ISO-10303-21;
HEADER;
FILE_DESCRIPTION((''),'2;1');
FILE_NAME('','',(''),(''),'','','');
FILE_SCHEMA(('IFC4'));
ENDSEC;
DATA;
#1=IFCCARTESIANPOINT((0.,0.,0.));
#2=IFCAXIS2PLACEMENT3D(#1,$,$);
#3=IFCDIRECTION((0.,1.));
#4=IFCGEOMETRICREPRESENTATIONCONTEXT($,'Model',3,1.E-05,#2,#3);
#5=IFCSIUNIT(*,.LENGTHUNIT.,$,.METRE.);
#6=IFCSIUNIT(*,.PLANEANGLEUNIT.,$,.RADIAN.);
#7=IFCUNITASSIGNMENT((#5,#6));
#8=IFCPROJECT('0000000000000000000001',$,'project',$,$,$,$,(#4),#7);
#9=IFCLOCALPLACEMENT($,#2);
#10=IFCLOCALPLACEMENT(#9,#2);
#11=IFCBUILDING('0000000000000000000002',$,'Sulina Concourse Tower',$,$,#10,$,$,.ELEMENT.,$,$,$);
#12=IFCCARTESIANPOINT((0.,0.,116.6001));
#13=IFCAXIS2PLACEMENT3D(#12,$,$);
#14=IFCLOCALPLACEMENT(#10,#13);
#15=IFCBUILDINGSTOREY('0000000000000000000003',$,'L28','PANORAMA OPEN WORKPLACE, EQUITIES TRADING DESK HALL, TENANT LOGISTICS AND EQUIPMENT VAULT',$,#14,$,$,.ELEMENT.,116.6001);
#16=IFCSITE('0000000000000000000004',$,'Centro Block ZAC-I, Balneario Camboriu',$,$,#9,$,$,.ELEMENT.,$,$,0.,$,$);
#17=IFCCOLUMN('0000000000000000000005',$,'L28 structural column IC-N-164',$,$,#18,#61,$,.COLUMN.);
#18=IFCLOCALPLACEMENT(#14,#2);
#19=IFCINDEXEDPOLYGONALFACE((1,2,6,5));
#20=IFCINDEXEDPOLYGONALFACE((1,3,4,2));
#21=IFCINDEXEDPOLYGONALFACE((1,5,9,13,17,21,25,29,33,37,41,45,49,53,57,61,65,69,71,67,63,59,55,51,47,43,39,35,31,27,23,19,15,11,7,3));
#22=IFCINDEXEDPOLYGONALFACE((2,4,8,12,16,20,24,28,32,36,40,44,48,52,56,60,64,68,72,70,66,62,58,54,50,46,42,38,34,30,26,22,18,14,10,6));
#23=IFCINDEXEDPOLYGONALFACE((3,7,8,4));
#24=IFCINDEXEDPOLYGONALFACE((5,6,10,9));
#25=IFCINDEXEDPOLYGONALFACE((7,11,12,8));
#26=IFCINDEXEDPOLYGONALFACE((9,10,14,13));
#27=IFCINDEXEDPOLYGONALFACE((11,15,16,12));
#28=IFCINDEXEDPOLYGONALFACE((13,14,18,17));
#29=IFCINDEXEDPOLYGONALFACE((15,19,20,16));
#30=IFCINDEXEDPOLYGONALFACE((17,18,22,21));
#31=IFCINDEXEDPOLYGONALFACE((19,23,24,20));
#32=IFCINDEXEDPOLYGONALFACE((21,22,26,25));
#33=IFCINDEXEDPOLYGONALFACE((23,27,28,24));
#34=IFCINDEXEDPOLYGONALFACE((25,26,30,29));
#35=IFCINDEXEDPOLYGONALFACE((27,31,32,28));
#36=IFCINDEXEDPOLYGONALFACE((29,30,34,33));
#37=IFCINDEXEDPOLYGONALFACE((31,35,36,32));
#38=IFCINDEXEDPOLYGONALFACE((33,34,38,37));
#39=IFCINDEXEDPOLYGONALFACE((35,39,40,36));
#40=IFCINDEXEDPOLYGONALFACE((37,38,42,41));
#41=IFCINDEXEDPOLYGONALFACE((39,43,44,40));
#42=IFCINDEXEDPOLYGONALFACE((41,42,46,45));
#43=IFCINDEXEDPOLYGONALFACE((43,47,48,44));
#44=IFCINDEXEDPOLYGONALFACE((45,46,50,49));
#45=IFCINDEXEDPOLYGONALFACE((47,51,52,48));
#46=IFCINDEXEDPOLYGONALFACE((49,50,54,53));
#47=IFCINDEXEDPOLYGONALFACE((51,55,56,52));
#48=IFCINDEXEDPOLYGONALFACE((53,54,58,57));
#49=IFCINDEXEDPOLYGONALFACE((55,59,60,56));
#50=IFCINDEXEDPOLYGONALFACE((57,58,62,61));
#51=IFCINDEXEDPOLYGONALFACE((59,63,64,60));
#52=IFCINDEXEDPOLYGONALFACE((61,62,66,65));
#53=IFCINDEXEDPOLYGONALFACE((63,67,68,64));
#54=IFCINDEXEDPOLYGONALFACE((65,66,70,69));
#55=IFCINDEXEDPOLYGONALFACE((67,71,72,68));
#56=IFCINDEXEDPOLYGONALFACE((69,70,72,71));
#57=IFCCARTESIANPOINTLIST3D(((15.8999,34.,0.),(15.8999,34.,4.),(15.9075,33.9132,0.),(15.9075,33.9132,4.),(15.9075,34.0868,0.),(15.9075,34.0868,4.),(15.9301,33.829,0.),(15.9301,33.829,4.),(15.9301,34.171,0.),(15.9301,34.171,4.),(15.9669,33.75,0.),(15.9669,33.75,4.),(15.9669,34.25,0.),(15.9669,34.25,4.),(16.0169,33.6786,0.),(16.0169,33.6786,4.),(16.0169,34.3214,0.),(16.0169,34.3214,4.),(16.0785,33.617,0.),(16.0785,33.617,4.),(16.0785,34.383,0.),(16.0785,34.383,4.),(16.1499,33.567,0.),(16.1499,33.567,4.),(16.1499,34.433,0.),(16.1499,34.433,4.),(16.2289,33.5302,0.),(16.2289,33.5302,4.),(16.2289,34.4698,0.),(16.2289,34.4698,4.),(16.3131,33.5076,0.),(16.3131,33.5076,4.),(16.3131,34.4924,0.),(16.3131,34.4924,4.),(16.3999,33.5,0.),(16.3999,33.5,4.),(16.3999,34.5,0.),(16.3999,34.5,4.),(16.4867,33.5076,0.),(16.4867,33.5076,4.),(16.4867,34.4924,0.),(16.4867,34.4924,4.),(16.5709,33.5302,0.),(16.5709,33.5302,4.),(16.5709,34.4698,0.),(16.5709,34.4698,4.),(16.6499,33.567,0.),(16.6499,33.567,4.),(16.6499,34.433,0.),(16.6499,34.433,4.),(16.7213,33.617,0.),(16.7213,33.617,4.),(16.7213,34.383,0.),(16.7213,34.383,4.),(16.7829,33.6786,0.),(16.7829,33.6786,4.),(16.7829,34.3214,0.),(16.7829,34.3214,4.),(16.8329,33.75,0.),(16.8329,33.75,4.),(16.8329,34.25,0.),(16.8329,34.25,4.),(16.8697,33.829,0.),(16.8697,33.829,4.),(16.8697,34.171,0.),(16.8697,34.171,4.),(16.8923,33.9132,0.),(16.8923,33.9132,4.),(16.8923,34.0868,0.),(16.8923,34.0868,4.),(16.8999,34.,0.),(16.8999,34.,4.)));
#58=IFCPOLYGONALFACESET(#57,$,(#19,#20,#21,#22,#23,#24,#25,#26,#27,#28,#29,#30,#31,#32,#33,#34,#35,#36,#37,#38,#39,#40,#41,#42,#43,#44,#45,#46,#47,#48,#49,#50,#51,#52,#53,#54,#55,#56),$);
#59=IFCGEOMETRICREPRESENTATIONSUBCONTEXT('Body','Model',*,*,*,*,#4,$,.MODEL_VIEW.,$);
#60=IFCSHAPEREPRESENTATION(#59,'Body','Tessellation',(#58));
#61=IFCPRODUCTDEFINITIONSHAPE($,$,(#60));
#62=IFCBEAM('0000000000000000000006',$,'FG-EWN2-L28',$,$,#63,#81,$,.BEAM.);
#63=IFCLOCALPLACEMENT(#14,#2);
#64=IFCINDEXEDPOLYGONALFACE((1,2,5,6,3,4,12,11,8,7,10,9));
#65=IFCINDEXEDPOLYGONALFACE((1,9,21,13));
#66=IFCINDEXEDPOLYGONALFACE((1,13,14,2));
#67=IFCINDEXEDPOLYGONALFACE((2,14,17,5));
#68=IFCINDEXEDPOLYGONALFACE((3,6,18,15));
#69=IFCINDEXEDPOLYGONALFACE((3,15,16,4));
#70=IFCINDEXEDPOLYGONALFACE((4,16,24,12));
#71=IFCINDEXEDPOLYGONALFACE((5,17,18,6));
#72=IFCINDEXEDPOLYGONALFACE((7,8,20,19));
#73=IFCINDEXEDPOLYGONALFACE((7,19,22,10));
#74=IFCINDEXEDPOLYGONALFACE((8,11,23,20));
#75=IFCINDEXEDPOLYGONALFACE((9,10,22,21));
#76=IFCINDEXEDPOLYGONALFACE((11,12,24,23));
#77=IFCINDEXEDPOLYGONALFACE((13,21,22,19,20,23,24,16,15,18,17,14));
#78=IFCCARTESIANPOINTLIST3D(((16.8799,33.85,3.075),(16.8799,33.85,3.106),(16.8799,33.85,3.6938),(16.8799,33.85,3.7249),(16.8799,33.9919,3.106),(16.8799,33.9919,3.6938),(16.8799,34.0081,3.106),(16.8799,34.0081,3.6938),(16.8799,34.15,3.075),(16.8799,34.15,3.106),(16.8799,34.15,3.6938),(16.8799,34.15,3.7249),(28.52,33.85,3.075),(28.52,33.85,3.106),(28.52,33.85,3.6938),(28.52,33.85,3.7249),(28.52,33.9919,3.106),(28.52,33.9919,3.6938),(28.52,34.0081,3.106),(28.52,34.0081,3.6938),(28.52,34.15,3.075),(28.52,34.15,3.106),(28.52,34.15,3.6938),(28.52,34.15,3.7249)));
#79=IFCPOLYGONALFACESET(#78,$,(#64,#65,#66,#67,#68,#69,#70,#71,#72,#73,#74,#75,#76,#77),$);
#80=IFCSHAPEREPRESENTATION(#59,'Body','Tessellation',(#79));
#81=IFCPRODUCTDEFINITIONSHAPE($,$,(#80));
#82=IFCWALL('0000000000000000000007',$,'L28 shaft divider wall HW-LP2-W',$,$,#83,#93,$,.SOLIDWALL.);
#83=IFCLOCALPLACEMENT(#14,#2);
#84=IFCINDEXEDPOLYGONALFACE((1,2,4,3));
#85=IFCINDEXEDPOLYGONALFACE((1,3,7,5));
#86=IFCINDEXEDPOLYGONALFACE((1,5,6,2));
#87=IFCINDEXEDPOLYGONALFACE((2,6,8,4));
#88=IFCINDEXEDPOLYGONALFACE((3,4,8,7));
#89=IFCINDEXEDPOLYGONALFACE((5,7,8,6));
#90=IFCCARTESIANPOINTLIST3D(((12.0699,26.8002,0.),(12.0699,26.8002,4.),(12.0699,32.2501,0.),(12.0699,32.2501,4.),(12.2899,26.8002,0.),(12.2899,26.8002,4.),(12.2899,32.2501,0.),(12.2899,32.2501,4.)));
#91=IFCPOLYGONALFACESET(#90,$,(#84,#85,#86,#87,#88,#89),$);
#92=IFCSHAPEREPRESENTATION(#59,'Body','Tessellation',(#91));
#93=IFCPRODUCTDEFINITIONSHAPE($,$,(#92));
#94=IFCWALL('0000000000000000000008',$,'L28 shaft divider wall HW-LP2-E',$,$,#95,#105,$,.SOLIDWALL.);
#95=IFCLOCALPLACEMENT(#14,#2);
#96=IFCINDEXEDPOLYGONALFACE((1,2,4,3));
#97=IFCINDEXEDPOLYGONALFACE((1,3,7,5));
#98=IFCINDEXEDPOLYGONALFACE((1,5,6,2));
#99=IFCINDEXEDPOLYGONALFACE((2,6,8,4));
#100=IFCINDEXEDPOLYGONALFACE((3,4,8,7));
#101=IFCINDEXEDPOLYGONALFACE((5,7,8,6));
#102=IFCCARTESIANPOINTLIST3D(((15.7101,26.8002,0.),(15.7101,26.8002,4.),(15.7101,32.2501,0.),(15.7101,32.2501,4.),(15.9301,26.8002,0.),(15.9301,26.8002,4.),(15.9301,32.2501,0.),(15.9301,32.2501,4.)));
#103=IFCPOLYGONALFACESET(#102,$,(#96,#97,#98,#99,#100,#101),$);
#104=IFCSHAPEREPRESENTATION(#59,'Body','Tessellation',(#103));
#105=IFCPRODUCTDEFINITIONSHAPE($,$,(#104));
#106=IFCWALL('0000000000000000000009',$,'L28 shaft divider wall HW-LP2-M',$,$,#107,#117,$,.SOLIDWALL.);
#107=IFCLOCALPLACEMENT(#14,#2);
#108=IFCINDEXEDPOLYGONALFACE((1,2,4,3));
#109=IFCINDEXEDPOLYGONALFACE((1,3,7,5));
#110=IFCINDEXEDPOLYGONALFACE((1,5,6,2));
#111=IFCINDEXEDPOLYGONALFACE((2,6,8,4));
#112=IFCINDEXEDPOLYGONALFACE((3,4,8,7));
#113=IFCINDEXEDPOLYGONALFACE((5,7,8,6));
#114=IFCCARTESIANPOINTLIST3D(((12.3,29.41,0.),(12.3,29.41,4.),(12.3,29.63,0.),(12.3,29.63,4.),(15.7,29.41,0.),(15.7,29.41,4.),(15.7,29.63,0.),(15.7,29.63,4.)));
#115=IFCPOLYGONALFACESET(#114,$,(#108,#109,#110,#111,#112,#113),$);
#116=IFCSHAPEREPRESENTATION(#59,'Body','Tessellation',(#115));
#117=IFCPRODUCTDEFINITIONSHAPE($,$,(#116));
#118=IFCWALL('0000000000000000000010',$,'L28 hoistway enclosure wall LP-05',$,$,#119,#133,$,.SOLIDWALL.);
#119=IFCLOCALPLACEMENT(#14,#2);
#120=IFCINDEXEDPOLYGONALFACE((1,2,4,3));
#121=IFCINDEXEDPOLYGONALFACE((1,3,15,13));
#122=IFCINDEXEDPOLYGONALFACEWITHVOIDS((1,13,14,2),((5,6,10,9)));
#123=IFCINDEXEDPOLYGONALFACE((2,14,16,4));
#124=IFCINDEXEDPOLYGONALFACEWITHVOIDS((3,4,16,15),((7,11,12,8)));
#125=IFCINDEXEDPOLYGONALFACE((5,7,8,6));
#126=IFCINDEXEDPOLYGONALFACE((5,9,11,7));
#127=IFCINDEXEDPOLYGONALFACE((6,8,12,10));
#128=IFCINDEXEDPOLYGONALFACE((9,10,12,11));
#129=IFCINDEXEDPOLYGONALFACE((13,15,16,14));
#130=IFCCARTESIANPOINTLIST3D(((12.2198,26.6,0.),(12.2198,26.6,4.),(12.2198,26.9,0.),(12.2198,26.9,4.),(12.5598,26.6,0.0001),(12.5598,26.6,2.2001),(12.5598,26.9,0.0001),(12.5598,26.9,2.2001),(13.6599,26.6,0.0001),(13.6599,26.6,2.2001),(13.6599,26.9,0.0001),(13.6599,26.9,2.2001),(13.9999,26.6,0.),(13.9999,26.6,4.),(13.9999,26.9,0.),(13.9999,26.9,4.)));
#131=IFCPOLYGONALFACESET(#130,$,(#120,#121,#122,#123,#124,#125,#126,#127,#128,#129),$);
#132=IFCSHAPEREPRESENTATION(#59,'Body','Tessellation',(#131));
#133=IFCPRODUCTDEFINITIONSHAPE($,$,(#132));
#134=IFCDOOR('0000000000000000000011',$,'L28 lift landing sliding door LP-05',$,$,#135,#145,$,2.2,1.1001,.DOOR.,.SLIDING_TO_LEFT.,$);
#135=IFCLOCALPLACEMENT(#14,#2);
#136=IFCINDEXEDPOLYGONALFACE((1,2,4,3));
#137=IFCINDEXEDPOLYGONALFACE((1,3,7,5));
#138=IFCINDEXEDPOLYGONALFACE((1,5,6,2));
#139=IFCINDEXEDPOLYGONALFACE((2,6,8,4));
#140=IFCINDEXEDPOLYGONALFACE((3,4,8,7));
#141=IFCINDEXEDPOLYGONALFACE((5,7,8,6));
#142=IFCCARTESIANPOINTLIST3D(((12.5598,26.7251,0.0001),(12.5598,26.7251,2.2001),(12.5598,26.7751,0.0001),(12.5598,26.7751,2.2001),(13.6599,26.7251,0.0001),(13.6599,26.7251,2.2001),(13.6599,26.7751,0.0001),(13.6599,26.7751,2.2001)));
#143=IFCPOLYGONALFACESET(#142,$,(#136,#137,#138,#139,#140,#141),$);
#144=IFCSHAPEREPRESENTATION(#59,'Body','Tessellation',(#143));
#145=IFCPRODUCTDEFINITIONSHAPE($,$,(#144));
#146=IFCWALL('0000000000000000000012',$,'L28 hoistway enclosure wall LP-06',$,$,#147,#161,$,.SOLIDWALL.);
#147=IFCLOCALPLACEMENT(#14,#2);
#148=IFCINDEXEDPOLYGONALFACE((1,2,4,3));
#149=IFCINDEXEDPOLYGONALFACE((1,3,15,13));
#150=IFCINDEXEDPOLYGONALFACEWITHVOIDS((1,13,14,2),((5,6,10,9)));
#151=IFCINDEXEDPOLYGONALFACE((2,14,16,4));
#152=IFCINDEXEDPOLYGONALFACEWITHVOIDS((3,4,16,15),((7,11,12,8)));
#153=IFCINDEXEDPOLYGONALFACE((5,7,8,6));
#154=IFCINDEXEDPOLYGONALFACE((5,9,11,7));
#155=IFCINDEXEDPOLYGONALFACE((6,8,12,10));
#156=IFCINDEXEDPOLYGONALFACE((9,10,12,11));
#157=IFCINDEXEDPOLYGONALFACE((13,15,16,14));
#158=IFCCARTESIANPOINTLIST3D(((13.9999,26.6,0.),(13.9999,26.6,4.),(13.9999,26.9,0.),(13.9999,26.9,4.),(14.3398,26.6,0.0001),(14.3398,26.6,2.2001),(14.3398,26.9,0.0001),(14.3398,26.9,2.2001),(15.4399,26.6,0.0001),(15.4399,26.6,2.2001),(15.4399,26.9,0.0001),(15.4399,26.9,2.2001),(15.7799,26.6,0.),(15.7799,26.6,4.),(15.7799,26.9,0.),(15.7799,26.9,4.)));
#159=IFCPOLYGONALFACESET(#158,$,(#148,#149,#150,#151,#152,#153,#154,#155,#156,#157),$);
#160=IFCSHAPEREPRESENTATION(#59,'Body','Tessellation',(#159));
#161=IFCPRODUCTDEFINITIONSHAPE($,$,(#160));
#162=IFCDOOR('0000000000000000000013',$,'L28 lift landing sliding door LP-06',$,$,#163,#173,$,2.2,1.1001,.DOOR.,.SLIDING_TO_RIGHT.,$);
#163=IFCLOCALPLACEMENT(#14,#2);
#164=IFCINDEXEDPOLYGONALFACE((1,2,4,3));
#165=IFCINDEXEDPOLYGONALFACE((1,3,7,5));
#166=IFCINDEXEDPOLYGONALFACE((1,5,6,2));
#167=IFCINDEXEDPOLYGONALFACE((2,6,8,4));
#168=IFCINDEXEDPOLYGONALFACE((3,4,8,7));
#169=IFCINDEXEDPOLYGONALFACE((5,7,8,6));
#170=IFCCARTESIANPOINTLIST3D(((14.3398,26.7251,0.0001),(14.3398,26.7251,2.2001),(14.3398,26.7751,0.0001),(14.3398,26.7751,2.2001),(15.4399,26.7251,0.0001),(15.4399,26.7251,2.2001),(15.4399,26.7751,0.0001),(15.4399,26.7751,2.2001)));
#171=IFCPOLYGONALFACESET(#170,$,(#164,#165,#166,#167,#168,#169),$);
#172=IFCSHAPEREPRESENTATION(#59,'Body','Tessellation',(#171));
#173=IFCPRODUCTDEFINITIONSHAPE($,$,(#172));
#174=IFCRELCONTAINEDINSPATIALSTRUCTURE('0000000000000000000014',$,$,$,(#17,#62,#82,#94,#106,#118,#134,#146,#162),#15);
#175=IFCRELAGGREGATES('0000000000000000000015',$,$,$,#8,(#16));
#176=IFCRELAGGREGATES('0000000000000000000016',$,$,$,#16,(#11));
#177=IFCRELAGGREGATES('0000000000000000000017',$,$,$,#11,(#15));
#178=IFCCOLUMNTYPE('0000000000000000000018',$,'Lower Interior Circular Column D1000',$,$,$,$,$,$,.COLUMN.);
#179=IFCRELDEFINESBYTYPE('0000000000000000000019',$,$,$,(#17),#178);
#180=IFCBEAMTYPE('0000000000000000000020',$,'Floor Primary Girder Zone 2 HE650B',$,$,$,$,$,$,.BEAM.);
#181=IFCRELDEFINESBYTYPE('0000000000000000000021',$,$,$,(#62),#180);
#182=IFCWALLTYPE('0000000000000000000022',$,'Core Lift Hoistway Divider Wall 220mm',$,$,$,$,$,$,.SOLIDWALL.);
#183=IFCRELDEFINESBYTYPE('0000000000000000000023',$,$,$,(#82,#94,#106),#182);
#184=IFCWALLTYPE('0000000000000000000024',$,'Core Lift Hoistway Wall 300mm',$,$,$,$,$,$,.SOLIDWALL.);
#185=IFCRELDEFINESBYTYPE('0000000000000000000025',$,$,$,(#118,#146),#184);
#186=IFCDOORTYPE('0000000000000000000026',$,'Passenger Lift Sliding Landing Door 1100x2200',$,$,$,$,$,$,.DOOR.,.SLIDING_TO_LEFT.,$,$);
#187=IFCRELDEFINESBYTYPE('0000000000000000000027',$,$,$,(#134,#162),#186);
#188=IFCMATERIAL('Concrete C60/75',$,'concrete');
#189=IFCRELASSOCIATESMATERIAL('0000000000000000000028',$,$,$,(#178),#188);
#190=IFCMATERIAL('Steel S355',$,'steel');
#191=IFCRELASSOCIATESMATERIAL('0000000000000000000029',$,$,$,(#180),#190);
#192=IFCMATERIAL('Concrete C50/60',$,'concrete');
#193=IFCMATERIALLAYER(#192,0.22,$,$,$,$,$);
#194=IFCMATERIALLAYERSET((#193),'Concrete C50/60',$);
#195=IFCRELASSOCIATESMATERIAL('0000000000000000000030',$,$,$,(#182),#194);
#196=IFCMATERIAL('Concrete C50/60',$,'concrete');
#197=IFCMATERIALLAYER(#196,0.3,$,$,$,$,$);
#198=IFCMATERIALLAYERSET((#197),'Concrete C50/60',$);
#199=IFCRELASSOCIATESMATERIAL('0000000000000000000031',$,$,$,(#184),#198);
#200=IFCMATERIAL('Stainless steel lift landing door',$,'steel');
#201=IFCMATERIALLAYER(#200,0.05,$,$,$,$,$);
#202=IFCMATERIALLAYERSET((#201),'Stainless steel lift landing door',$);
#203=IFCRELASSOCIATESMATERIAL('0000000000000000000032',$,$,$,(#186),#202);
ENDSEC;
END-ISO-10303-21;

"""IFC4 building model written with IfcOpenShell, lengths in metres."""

from ifc_helpers import new_model, si_unit, direction, frame, frame_2d, origin, origin_2d, place, context, subcontext, project, spatial, rectangle, circle, i_section, extrude, material, layer, layer_set, material_profile, profile_set, type_object, element, fill, save


model = new_model("IFC4")

# Units and contexts
model_context = context("Model", 3, precision=1e-05, world=origin(), true_north=direction((0.0, 1.0)))
body_context = subcontext(model_context, "Body", "Model", "MODEL_VIEW")
ifc_project = project(units=[si_unit("LENGTHUNIT", "METRE"), si_unit("PLANEANGLEUNIT", "RADIAN")], contexts=[model_context])

# Site, building, storey
site_placement = place(None, origin())
site = spatial("IfcSite", under=ifc_project, at=site_placement, Name="Centro Block ZAC-I, Balneario Camboriu", CompositionType="ELEMENT", RefElevation=0.0)
building_placement = place(site_placement, origin())
building = spatial("IfcBuilding", under=site, at=building_placement, Name="Sulina Concourse Tower", CompositionType="ELEMENT")
storey_placement = place(building_placement, frame((0.0, 0.0, 116.6001)))
storey = spatial("IfcBuildingStorey", under=building, at=storey_placement, Name="L28", Description="PANORAMA OPEN WORKPLACE, EQUITIES TRADING DESK HALL, TENANT LOGISTICS AND EQUIPMENT VAULT", CompositionType="ELEMENT", Elevation=116.6001)

# Column
ifc_material_1 = material(Name="Concrete C60/75", Category="concrete")
ifc_material_profile_1 = material_profile(ifc_material_1, circle(Radius=0.5, at=origin_2d()), Name="RC D1000")
ifc_profile_set_1 = profile_set([ifc_material_profile_1], Name="Concrete C60/75")
column_type = type_object("IfcColumnType", Name="Lower Interior Circular Column D1000", PredefinedType="COLUMN", material=ifc_profile_set_1)
column_placement = place(storey_placement, frame((16.3999, 34.0, 0.0), z_axis=(0.0, 0.0, 1.0), x_axis=(1.0, 0.0, 0.0)))
element("IfcColumn", 1, at=column_placement, inside=storey, type_object=column_type, Name="L28 structural column IC-N-164", PredefinedType="COLUMN", context=body_context, shape_type="SweptSolid", body=[
    extrude(circle(Radius=0.5, at=origin_2d()), origin(), (0.0, 0.0, 1.0), 4.0),
])

# Beam
ifc_material_2 = material(Name="Steel S355", Category="steel")
ifc_material_profile_2 = material_profile(ifc_material_2, i_section(OverallWidth=0.3, OverallDepth=0.6499, WebThickness=0.0161, FlangeThickness=0.031, at=origin_2d()), Name="HE 650 B")
ifc_profile_set_2 = profile_set([ifc_material_profile_2], Name="Steel S355")
beam_type = type_object("IfcBeamType", Name="Floor Primary Girder Zone 2 HE650B", PredefinedType="BEAM", material=ifc_profile_set_2)
beam_placement = place(storey_placement, frame((16.8799, 34.0, 3.3999), z_axis=(1.0, 0.0, 0.0), x_axis=(0.0, 1.0, 0.0)))
element("IfcBeam", 2, at=beam_placement, inside=storey, type_object=beam_type, Name="FG-EWN2-L28", PredefinedType="BEAM", context=body_context, shape_type="SweptSolid", body=[
    extrude(i_section(OverallWidth=0.3, OverallDepth=0.6499, WebThickness=0.0161, FlangeThickness=0.031, at=origin_2d()), origin(), (0.0, 0.0, 1.0), 11.6401),
])

# Walls
ifc_material_3 = material(Name="Concrete C50/60", Category="concrete")
ifc_layer_1 = layer(ifc_material_3, 0.22)
ifc_layer_set_1 = layer_set([ifc_layer_1], Name="Concrete C50/60")
wall_type_1 = type_object("IfcWallType", Name="Core Lift Hoistway Divider Wall 220mm", PredefinedType="SOLIDWALL", material=ifc_layer_set_1)
for number, where, z_axis, x_axis, name in (
    (3, (12.1799, 26.8, 0.0), (0.0, 0.0, 1.0), (0.0, 1.0, 0.0), "L28 shaft divider wall HW-LP2-W"),
    (4, (15.8201, 26.8, 0.0), (0.0, 0.0, 1.0), (0.0, 1.0, 0.0), "L28 shaft divider wall HW-LP2-E"),
):
    element("IfcWall", number, at=place(storey_placement, frame(where, z_axis=z_axis, x_axis=x_axis)), inside=storey, type_object=wall_type_1, Name=name, PredefinedType="SOLIDWALL", context=body_context, shape_type="SweptSolid", body=[
        extrude(rectangle(XDim=5.45, YDim=0.22, at=frame_2d((2.7251, 0.0))), origin(), (0.0, 0.0, 1.0), 4.0),
    ])
wall_1_placement = place(storey_placement, frame((12.3, 29.52, 0.0), z_axis=(0.0, 0.0, 1.0), x_axis=(1.0, 0.0, 0.0)))
element("IfcWall", 5, at=wall_1_placement, inside=storey, type_object=wall_type_1, Name="L28 shaft divider wall HW-LP2-M", PredefinedType="SOLIDWALL", context=body_context, shape_type="SweptSolid", body=[
    extrude(rectangle(XDim=3.3999, YDim=0.22, at=frame_2d((1.7, 0.0))), origin(), (0.0, 0.0, 1.0), 4.0),
])

# Walls, openings, doors
ifc_material_4 = material(Name="Concrete C50/60", Category="concrete")
ifc_layer_2 = layer(ifc_material_4, 0.3)
ifc_layer_set_2 = layer_set([ifc_layer_2], Name="Concrete C50/60")
wall_type_2 = type_object("IfcWallType", Name="Core Lift Hoistway Wall 300mm", PredefinedType="SOLIDWALL", material=ifc_layer_set_2)
wall_2_placement = place(storey_placement, frame((14.0, 26.75, 0.0), z_axis=(0.0, 0.0, 1.0), x_axis=(-1.0, 0.0, 0.0)))
wall_2 = element("IfcWall", 6, at=wall_2_placement, inside=storey, type_object=wall_type_2, Name="L28 hoistway enclosure wall LP-05", PredefinedType="SOLIDWALL", context=body_context, shape_type="SweptSolid", body=[
    extrude(rectangle(XDim=1.78, YDim=0.3, at=frame_2d((0.8901, 0.0))), origin(), (0.0, 0.0, 1.0), 4.0),
])
opening_1_placement = place(wall_2_placement, frame((0.3401, 0.0, 0.0)))
opening_1 = element("IfcOpeningElement", 7, at=opening_1_placement, cuts=wall_2, PredefinedType="OPENING", context=body_context, shape_type="SweptSolid", body=[
    extrude(rectangle(XDim=1.1001, YDim=2.2, at=frame_2d((0.55, 1.1001))), frame((0.0, 0.1599, 0.0), z_axis=(0.0, -1.0, 0.0), x_axis=(1.0, 0.0, 0.0)), (0.0, 0.0, 1.0), 0.3201),
])
ifc_material_5 = material(Name="Stainless steel lift landing door", Category="steel")
ifc_layer_3 = layer(ifc_material_5, 0.05)
ifc_layer_set_3 = layer_set([ifc_layer_3], Name="Stainless steel lift landing door")
door_type_1 = type_object("IfcDoorType", Name="Passenger Lift Sliding Landing Door 1100x2200", OperationType="SLIDING_TO_LEFT", PredefinedType="DOOR", material=ifc_layer_set_3)
door_1_placement = place(opening_1_placement, origin())
door_1 = element("IfcDoor", 8, at=door_1_placement, inside=storey, type_object=door_type_1, Name="L28 lift landing sliding door LP-05", OperationType="SLIDING_TO_LEFT", OverallHeight=2.2, OverallWidth=1.1001, PredefinedType="DOOR", context=body_context, shape_type="SweptSolid", body=[
    extrude(rectangle(XDim=1.1001, YDim=2.2, at=frame_2d((0.55, 1.1001))), frame((0.0, 0.0249, 0.0), z_axis=(0.0, -1.0, 0.0), x_axis=(1.0, 0.0, 0.0)), (0.0, 0.0, 1.0), 0.05),
])
fill(opening_1, door_1)
wall_3_placement = place(storey_placement, frame((15.78, 26.75, 0.0), z_axis=(0.0, 0.0, 1.0), x_axis=(-1.0, 0.0, 0.0)))
wall_3 = element("IfcWall", 9, at=wall_3_placement, inside=storey, type_object=wall_type_2, Name="L28 hoistway enclosure wall LP-06", PredefinedType="SOLIDWALL", context=body_context, shape_type="SweptSolid", body=[
    extrude(rectangle(XDim=1.78, YDim=0.3, at=frame_2d((0.8901, 0.0))), origin(), (0.0, 0.0, 1.0), 4.0),
])
opening_2_placement = place(wall_3_placement, frame((0.3401, 0.0, 0.0)))
opening_2 = element("IfcOpeningElement", 10, at=opening_2_placement, cuts=wall_3, PredefinedType="OPENING", context=body_context, shape_type="SweptSolid", body=[
    extrude(rectangle(XDim=1.1001, YDim=2.2, at=frame_2d((0.55, 1.1001))), frame((0.0, 0.1599, 0.0), z_axis=(0.0, -1.0, 0.0), x_axis=(1.0, 0.0, 0.0)), (0.0, 0.0, 1.0), 0.3201),
])
door_2_placement = place(opening_2_placement, origin())
door_2 = element("IfcDoor", 11, at=door_2_placement, inside=storey, type_object=door_type_1, Name="L28 lift landing sliding door LP-06", OperationType="SLIDING_TO_RIGHT", OverallHeight=2.2, OverallWidth=1.1001, PredefinedType="DOOR", context=body_context, shape_type="SweptSolid", body=[
    extrude(rectangle(XDim=1.1001, YDim=2.2, at=frame_2d((0.55, 1.1001))), frame((0.0, 0.0249, 0.0), z_axis=(0.0, -1.0, 0.0), x_axis=(1.0, 0.0, 0.0)), (0.0, 0.0, 1.0), 0.05),
])
fill(opening_2, door_2)

save(model, "model.ifc")
